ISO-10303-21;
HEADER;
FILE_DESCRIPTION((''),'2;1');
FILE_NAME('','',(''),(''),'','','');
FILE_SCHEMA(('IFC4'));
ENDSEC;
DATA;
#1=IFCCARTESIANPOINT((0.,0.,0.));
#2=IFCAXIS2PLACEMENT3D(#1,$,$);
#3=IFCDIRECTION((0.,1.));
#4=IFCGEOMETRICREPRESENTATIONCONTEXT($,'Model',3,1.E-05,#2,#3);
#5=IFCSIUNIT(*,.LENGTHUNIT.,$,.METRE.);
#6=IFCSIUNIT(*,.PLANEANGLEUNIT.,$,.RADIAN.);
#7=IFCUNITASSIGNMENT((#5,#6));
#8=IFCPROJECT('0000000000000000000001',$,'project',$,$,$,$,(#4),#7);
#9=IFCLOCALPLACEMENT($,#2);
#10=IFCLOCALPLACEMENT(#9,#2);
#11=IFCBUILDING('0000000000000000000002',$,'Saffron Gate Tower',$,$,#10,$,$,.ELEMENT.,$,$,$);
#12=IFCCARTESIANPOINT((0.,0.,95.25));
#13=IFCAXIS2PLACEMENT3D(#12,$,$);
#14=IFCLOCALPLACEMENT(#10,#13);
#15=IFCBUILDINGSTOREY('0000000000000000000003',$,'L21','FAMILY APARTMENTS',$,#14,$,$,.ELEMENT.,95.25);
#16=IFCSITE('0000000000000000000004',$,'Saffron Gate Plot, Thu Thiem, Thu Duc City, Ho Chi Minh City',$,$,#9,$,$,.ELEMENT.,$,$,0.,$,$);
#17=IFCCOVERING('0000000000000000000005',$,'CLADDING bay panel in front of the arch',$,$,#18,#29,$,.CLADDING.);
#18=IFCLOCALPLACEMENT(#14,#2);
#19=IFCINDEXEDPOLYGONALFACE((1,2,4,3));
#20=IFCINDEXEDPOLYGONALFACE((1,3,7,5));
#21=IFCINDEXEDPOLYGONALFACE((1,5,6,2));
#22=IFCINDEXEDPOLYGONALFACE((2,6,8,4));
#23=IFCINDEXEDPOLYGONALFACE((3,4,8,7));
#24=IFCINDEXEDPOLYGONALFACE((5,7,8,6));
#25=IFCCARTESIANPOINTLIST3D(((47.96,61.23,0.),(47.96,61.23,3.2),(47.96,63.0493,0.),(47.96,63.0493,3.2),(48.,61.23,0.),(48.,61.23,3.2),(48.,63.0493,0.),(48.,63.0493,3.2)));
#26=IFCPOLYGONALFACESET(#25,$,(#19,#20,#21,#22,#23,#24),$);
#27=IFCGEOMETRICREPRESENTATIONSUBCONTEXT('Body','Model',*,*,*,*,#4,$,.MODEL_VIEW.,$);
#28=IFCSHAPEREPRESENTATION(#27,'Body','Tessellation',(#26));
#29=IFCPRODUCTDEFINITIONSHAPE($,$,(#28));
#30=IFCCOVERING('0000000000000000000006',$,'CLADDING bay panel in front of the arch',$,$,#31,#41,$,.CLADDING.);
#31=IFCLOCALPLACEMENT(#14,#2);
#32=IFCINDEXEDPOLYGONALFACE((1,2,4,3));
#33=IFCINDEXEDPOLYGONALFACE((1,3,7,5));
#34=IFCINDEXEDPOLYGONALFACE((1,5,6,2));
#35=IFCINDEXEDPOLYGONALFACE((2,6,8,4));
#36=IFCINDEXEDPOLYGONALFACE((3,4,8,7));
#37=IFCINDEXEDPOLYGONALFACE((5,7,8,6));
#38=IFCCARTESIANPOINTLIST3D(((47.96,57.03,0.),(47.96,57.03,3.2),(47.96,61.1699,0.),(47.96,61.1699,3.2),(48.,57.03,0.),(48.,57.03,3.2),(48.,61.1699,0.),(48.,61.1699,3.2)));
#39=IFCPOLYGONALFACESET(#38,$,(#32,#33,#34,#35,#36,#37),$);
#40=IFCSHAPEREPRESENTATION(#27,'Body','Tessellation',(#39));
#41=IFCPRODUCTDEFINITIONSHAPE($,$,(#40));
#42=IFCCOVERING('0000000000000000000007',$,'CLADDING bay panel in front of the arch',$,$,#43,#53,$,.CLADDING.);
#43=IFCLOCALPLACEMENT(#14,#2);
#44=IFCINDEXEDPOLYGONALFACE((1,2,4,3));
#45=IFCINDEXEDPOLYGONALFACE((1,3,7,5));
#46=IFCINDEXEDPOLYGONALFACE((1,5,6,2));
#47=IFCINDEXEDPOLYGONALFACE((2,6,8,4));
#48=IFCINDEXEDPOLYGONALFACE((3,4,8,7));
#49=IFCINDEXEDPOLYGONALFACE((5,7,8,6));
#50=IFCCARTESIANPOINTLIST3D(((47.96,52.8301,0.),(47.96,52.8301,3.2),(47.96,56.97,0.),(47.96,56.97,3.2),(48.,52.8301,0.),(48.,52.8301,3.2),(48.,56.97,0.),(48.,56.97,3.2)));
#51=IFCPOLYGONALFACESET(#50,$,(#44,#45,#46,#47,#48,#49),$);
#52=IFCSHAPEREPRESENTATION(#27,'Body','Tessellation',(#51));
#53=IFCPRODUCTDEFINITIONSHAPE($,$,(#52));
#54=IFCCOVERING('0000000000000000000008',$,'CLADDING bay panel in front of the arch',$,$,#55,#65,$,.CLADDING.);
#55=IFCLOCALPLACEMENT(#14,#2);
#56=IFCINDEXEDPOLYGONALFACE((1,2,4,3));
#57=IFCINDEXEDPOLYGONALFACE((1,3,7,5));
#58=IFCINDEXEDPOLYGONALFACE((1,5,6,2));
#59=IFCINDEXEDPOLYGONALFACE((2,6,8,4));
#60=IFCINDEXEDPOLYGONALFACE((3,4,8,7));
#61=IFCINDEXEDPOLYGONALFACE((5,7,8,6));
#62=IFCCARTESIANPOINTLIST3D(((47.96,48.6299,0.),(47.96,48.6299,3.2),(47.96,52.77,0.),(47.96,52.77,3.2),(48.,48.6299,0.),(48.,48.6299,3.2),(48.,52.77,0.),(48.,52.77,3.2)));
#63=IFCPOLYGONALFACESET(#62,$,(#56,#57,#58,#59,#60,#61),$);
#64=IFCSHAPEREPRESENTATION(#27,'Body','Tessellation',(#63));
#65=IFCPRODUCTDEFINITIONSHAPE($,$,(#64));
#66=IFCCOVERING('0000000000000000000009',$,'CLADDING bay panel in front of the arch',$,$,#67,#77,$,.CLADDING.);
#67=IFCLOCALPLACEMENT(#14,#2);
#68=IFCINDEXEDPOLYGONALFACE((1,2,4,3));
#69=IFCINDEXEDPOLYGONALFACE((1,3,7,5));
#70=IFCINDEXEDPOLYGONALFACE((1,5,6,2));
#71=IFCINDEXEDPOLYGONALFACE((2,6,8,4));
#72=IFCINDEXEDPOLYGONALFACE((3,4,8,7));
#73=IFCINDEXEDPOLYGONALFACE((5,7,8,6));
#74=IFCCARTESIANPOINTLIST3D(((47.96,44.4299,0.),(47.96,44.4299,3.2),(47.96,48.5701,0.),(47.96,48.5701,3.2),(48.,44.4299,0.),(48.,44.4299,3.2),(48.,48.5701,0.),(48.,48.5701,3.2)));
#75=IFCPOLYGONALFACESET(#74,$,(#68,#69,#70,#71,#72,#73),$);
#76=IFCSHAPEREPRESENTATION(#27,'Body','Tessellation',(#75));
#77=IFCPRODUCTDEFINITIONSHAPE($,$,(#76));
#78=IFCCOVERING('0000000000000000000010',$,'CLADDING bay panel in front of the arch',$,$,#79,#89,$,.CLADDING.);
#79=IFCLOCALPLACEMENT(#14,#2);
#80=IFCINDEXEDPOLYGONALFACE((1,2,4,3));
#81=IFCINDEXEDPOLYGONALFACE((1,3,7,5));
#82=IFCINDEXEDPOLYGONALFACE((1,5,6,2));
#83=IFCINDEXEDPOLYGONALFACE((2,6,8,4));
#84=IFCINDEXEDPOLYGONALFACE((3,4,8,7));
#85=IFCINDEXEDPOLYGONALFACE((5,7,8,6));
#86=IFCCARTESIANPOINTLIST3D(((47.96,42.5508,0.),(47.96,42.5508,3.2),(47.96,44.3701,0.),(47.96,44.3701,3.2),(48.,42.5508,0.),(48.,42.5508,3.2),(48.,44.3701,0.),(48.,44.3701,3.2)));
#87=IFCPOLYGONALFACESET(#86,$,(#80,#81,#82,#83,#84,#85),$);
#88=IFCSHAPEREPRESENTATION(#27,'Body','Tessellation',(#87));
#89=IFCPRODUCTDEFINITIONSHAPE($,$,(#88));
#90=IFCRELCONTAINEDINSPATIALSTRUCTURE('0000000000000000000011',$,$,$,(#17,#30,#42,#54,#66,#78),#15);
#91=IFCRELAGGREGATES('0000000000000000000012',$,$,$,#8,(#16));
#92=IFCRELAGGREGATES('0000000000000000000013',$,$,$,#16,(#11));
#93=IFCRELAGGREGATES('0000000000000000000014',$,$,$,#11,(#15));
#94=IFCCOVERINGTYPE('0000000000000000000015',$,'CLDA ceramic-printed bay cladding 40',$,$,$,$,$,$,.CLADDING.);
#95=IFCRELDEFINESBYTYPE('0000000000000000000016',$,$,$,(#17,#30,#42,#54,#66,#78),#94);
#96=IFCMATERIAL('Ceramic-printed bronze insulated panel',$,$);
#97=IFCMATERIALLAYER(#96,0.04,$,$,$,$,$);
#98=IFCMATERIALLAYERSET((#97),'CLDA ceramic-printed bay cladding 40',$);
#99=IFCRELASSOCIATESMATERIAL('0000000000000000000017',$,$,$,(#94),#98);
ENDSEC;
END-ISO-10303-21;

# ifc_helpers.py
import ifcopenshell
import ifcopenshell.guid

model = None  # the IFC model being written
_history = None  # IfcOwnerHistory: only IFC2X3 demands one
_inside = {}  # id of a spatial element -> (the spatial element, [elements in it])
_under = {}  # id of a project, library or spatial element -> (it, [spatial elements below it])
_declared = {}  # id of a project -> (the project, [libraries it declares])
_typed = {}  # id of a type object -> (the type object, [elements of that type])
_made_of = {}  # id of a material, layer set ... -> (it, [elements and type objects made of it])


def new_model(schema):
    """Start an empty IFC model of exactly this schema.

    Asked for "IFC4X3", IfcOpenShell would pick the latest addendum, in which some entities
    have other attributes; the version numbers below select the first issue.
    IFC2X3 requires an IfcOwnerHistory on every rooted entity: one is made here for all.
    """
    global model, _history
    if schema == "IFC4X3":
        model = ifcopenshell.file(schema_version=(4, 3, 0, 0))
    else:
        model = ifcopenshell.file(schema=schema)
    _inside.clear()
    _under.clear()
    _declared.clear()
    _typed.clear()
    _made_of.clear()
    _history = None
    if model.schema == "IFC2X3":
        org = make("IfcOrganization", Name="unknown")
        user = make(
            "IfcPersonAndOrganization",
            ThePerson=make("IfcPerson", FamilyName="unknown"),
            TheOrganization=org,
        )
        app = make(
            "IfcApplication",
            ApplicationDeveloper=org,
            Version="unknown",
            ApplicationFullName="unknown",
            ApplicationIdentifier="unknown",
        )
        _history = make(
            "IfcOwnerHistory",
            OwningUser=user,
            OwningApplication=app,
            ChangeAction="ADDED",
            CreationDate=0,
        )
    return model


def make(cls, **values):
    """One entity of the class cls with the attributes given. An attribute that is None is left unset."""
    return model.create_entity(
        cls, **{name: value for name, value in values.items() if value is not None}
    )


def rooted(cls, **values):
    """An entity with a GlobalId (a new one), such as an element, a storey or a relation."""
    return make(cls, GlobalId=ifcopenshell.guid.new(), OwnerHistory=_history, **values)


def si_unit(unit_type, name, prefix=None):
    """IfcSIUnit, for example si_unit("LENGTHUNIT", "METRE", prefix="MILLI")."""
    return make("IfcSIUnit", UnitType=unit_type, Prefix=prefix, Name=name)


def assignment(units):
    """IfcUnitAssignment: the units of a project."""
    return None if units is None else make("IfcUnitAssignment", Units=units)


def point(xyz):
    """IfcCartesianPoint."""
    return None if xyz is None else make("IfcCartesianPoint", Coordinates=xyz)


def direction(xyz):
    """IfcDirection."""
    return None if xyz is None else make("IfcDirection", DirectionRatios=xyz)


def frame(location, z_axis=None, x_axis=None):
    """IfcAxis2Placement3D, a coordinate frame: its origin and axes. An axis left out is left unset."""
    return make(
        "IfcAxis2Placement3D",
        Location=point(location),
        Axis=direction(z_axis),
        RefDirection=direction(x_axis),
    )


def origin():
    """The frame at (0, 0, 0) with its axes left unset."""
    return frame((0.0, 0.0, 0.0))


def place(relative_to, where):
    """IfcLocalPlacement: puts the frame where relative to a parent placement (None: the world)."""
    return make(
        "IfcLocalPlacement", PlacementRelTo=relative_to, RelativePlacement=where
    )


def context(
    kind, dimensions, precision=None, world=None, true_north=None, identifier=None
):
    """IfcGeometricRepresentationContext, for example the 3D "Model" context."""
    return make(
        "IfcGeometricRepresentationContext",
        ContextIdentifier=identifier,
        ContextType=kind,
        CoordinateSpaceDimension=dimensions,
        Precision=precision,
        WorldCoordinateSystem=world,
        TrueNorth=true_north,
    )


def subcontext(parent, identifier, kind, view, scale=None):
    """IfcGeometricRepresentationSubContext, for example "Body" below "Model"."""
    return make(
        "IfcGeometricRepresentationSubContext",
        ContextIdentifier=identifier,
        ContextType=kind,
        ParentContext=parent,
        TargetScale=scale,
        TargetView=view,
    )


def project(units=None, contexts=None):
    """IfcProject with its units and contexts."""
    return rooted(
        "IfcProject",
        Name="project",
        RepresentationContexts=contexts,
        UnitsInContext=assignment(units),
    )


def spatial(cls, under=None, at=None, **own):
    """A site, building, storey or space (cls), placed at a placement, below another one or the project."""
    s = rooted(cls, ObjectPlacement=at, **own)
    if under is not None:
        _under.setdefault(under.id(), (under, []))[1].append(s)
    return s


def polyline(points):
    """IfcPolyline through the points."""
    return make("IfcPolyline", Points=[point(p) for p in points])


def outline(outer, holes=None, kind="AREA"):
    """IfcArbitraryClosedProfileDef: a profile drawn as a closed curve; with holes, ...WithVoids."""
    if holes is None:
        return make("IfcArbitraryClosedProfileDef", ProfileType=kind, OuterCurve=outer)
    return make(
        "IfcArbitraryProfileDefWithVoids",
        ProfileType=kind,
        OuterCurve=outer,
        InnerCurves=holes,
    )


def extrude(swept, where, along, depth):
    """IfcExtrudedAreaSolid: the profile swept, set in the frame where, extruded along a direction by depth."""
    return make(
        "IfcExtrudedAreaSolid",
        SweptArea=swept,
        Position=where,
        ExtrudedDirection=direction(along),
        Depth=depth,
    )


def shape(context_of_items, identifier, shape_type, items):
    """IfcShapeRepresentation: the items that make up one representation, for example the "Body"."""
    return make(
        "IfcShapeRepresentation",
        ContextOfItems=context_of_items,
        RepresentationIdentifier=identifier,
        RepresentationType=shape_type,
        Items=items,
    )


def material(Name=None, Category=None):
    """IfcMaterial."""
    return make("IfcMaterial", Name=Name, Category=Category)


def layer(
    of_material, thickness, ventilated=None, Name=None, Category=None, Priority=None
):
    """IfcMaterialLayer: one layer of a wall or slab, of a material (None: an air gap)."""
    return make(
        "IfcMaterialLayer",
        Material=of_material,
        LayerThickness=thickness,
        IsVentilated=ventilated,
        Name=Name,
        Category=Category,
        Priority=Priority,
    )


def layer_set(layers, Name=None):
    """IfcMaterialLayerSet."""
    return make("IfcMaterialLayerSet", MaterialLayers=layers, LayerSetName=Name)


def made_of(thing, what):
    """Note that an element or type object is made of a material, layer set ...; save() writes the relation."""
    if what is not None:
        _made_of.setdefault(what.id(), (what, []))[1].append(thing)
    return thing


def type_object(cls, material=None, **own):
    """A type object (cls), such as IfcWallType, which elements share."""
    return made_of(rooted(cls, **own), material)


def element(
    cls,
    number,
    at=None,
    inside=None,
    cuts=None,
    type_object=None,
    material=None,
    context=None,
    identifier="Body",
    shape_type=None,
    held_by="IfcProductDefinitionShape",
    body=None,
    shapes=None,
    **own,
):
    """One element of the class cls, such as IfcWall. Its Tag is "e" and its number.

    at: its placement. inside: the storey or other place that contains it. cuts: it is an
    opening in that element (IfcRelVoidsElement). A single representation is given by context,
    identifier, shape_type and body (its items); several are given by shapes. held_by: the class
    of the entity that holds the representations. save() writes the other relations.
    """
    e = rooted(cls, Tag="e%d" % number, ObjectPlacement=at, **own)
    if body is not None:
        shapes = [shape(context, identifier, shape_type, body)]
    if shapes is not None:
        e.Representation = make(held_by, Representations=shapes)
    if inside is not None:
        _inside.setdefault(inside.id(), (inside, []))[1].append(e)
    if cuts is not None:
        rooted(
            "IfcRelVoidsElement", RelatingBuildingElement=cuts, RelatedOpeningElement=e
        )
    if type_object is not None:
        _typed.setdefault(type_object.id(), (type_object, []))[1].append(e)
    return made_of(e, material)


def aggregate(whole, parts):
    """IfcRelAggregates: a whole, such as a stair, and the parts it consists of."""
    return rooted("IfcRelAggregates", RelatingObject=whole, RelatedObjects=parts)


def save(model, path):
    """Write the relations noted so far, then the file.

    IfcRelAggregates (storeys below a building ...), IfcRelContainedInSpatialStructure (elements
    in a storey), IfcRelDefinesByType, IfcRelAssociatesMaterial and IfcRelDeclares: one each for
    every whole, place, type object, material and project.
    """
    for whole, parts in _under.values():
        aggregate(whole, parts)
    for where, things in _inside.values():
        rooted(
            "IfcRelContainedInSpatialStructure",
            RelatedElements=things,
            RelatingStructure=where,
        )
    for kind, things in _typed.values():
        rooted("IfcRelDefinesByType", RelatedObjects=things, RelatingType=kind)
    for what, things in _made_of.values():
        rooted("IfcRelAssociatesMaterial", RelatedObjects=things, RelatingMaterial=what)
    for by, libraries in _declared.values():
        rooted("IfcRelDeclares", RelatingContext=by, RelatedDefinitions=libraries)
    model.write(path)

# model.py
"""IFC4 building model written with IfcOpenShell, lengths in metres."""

from ifc_helpers import new_model, si_unit, direction, frame, origin, place, context, subcontext, project, spatial, polyline, outline, extrude, material, layer, layer_set, type_object, element, save


model = new_model("IFC4")

# Units and contexts
model_context = context("Model", 3, precision=1e-05, world=origin(), true_north=direction((0.0, 1.0)))
body_context = subcontext(model_context, "Body", "Model", "MODEL_VIEW")
ifc_project = project(units=[si_unit("LENGTHUNIT", "METRE"), si_unit("PLANEANGLEUNIT", "RADIAN")], contexts=[model_context])

# Site, building, storey
site_placement = place(None, origin())
site = spatial("IfcSite", under=ifc_project, at=site_placement, Name="Saffron Gate Plot, Thu Thiem, Thu Duc City, Ho Chi Minh City", CompositionType="ELEMENT", RefElevation=0.0)
building_placement = place(site_placement, origin())
building = spatial("IfcBuilding", under=site, at=building_placement, Name="Saffron Gate Tower", CompositionType="ELEMENT")
storey_placement = place(building_placement, frame((0.0, 0.0, 95.25)))
storey = spatial("IfcBuildingStorey", under=building, at=storey_placement, Name="L21", Description="FAMILY APARTMENTS", CompositionType="ELEMENT", Elevation=95.25)

# Coverings
ifc_material_1 = material(Name="Ceramic-printed bronze insulated panel")
ifc_layer_1 = layer(ifc_material_1, 0.04)
ifc_layer_set_1 = layer_set([ifc_layer_1], Name="CLDA ceramic-printed bay cladding 40")
covering_type_1 = type_object("IfcCoveringType", Name="CLDA ceramic-printed bay cladding 40", PredefinedType="CLADDING", material=ifc_layer_set_1)
covering_1_placement = place(storey_placement, origin())
element("IfcCovering", 1, at=covering_1_placement, inside=storey, type_object=covering_type_1, Name="CLADDING bay panel in front of the arch", PredefinedType="CLADDING", context=body_context, shape_type="SweptSolid", body=[
    extrude(outline(polyline([(47.96, 63.0493), (47.96, 61.23), (48.0, 61.23), (48.0, 63.0493), (47.96, 63.0493)])), origin(), (0.0, 0.0, 1.0), 3.2),
])
covering_2_placement = place(storey_placement, origin())
element("IfcCovering", 2, at=covering_2_placement, inside=storey, type_object=covering_type_1, Name="CLADDING bay panel in front of the arch", PredefinedType="CLADDING", context=body_context, shape_type="SweptSolid", body=[
    extrude(outline(polyline([(47.96, 61.1699), (47.96, 57.03), (48.0, 57.03), (48.0, 61.1699), (47.96, 61.1699)])), origin(), (0.0, 0.0, 1.0), 3.2),
])
covering_3_placement = place(storey_placement, origin())
element("IfcCovering", 3, at=covering_3_placement, inside=storey, type_object=covering_type_1, Name="CLADDING bay panel in front of the arch", PredefinedType="CLADDING", context=body_context, shape_type="SweptSolid", body=[
    extrude(outline(polyline([(47.96, 56.97), (47.96, 52.8301), (48.0, 52.8301), (48.0, 56.97), (47.96, 56.97)])), origin(), (0.0, 0.0, 1.0), 3.2),
])
covering_4_placement = place(storey_placement, origin())
element("IfcCovering", 4, at=covering_4_placement, inside=storey, type_object=covering_type_1, Name="CLADDING bay panel in front of the arch", PredefinedType="CLADDING", context=body_context, shape_type="SweptSolid", body=[
    extrude(outline(polyline([(47.96, 52.77), (47.96, 48.6299), (48.0, 48.6299), (48.0, 52.77), (47.96, 52.77)])), origin(), (0.0, 0.0, 1.0), 3.2),
])
covering_5_placement = place(storey_placement, origin())
element("IfcCovering", 5, at=covering_5_placement, inside=storey, type_object=covering_type_1, Name="CLADDING bay panel in front of the arch", PredefinedType="CLADDING", context=body_context, shape_type="SweptSolid", body=[
    extrude(outline(polyline([(47.96, 48.5701), (47.96, 44.4299), (48.0, 44.4299), (48.0, 48.5701), (47.96, 48.5701)])), origin(), (0.0, 0.0, 1.0), 3.2),
])
covering_6_placement = place(storey_placement, origin())
element("IfcCovering", 6, at=covering_6_placement, inside=storey, type_object=covering_type_1, Name="CLADDING bay panel in front of the arch", PredefinedType="CLADDING", context=body_context, shape_type="SweptSolid", body=[
    extrude(outline(polyline([(47.96, 44.3701), (47.96, 42.5508), (48.0, 42.5508), (48.0, 44.3701), (47.96, 44.3701)])), origin(), (0.0, 0.0, 1.0), 3.2),
])

save(model, "model.ifc")
